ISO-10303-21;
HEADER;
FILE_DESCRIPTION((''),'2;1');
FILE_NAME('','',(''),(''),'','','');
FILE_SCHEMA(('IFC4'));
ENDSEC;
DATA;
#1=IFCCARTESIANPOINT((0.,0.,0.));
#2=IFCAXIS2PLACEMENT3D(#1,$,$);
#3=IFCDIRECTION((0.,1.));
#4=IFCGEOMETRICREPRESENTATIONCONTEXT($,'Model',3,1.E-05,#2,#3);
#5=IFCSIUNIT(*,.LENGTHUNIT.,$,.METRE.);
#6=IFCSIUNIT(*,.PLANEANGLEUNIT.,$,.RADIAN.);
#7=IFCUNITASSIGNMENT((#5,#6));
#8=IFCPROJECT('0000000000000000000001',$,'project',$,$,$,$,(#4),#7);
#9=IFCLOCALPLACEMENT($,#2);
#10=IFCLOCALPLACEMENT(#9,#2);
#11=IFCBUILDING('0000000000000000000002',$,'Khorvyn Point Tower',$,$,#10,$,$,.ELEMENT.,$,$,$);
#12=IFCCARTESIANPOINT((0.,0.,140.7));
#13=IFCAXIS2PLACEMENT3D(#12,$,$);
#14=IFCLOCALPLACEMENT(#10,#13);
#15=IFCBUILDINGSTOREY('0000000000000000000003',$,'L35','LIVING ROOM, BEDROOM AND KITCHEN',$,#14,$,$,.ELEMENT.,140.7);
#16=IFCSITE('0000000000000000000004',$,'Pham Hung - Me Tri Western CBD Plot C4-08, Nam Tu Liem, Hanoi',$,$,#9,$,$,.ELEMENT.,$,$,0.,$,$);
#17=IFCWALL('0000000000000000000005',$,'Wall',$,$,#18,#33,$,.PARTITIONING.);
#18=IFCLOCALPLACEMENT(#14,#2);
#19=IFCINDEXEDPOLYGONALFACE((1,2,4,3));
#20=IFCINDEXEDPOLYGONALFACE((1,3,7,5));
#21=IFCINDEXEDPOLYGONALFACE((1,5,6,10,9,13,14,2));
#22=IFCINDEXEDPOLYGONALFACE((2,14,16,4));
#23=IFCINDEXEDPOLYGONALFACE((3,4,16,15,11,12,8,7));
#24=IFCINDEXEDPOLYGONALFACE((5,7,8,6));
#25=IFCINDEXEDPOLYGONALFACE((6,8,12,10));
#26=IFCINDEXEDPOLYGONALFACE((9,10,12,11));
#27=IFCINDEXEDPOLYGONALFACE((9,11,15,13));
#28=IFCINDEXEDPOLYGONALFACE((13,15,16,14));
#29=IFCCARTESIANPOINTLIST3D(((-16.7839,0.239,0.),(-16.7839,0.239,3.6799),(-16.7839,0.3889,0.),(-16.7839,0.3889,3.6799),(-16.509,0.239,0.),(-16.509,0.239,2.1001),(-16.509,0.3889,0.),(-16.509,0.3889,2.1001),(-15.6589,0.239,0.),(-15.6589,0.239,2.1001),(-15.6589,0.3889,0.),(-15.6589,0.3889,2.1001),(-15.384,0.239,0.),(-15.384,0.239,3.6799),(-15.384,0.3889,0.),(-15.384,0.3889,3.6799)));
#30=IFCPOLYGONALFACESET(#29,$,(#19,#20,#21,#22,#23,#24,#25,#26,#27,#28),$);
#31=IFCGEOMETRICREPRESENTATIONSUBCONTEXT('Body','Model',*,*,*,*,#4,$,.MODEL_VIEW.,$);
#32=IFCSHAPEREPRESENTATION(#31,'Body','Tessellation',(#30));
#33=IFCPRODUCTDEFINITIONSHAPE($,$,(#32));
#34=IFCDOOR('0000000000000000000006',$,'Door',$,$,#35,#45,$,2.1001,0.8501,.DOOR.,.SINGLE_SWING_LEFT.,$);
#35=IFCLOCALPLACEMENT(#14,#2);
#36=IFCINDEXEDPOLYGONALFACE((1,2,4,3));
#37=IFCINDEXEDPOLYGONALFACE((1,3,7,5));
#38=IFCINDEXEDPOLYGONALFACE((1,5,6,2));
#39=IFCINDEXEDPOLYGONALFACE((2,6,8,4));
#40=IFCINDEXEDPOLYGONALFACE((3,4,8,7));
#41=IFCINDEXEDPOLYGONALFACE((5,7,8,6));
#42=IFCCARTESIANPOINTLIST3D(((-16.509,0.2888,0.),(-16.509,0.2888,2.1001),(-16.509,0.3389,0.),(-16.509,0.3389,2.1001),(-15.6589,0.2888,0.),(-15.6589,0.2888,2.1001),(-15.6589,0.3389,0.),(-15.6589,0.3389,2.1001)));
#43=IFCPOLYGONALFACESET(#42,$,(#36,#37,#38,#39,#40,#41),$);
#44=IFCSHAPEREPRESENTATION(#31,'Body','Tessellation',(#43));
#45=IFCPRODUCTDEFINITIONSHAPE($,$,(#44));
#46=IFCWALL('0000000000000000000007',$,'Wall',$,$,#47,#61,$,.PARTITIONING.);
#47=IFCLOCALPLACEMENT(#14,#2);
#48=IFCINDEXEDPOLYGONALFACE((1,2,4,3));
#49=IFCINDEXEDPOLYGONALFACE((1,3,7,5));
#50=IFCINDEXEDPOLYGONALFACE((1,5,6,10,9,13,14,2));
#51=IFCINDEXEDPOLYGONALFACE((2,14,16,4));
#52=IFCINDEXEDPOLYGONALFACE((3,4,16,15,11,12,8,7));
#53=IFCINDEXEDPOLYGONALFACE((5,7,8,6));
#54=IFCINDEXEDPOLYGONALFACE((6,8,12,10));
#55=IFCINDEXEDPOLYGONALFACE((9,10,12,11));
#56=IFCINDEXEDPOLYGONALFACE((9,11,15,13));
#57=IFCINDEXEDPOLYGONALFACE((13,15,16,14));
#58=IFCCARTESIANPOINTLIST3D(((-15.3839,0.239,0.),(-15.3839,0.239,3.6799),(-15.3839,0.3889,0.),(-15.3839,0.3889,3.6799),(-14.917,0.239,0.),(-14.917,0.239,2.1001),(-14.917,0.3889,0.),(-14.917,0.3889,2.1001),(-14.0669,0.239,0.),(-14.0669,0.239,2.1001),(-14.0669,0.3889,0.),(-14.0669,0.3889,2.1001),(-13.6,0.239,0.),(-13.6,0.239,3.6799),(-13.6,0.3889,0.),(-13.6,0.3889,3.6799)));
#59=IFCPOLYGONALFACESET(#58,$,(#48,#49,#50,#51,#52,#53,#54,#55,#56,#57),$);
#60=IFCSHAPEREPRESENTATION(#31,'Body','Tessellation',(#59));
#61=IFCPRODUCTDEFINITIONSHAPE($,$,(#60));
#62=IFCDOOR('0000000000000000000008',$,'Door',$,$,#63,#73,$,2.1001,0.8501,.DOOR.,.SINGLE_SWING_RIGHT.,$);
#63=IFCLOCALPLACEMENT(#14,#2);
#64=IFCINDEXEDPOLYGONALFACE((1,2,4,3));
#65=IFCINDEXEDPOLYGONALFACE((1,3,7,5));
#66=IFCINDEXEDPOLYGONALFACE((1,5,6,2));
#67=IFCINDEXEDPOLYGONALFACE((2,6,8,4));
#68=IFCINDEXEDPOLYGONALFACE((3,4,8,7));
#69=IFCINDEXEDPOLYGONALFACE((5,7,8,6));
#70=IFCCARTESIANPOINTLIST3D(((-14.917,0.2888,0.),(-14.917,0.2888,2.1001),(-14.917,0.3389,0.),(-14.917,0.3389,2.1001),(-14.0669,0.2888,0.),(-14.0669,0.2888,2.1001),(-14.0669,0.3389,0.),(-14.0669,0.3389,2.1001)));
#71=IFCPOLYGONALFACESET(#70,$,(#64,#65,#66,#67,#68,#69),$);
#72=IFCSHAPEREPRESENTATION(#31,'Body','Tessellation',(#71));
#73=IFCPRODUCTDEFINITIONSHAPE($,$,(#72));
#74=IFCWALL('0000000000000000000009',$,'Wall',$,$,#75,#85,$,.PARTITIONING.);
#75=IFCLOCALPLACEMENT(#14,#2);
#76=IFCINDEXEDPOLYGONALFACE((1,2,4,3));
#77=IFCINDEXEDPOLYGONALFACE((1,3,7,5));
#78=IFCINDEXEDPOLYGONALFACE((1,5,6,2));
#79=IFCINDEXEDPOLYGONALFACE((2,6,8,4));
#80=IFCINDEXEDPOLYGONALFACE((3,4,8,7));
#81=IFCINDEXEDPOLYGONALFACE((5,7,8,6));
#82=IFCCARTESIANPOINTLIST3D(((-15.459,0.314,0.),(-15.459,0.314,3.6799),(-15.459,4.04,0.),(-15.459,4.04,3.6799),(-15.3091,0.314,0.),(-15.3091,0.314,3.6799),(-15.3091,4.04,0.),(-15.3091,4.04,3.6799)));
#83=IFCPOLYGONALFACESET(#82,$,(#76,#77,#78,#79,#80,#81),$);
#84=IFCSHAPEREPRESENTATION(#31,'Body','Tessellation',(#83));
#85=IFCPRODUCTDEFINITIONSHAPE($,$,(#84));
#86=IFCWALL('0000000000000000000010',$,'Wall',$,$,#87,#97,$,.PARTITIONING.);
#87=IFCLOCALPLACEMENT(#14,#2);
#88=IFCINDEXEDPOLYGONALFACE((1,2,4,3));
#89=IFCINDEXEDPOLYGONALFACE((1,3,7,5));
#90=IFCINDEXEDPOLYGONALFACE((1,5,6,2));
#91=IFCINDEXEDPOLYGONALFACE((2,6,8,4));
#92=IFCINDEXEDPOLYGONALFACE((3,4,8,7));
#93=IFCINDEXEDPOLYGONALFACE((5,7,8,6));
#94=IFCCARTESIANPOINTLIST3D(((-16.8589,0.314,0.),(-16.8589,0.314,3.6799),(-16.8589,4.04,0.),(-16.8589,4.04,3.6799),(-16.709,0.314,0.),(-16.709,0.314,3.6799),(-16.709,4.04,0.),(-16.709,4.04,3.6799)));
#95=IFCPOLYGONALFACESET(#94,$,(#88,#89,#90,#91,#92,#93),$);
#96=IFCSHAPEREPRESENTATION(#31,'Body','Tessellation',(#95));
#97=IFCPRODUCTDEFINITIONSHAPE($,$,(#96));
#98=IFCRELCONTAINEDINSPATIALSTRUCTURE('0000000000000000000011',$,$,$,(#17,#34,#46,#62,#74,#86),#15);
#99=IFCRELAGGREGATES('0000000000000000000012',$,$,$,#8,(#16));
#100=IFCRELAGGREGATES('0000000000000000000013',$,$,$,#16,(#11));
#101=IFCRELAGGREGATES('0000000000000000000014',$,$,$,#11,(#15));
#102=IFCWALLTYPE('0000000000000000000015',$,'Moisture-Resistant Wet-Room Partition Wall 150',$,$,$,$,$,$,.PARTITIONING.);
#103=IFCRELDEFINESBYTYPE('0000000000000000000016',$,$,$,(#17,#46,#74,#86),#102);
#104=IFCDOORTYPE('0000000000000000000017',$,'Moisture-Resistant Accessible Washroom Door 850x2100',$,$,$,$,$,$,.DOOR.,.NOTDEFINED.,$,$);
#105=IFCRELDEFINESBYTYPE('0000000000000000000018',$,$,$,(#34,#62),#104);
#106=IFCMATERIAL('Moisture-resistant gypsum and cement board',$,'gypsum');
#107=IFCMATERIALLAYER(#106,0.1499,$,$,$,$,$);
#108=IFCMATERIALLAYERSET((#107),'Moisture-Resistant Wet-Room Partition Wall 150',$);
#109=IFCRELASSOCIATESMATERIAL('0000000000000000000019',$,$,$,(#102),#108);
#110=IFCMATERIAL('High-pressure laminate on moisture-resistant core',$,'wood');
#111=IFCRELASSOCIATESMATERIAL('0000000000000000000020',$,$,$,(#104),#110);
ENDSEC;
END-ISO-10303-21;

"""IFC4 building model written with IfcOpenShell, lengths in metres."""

from ifc_helpers import new_model, si_unit, direction, frame, frame_2d, origin, place, context, subcontext, project, spatial, rectangle, extrude, material, layer, layer_set, type_object, element, fill, save


model = new_model("IFC4")

# Units and contexts
model_context = context("Model", 3, precision=1e-05, world=origin(), true_north=direction((0.0, 1.0)))
body_context = subcontext(model_context, "Body", "Model", "MODEL_VIEW")
ifc_project = project(units=[si_unit("LENGTHUNIT", "METRE"), si_unit("PLANEANGLEUNIT", "RADIAN")], contexts=[model_context])

# Site, building, storey
site_placement = place(None, origin())
site = spatial("IfcSite", under=ifc_project, at=site_placement, Name="Pham Hung - Me Tri Western CBD Plot C4-08, Nam Tu Liem, Hanoi", CompositionType="ELEMENT", RefElevation=0.0)
building_placement = place(site_placement, origin())
building = spatial("IfcBuilding", under=site, at=building_placement, Name="Khorvyn Point Tower", CompositionType="ELEMENT")
storey_placement = place(building_placement, frame((0.0, 0.0, 140.7)))
storey = spatial("IfcBuildingStorey", under=building, at=storey_placement, Name="L35", Description="LIVING ROOM, BEDROOM AND KITCHEN", CompositionType="ELEMENT", Elevation=140.7)

# Walls, openings, doors
ifc_material_1 = material(Name="Moisture-resistant gypsum and cement board", Category="gypsum")
ifc_layer_1 = layer(ifc_material_1, 0.1499)
ifc_layer_set_1 = layer_set([ifc_layer_1], Name="Moisture-Resistant Wet-Room Partition Wall 150")
wall_type_1 = type_object("IfcWallType", Name="Moisture-Resistant Wet-Room Partition Wall 150", PredefinedType="PARTITIONING", material=ifc_layer_set_1)
wall_1_placement = place(storey_placement, frame((-16.7839, 0.314, 0.0), z_axis=(0.0, 0.0, 1.0), x_axis=(1.0, 0.0, 0.0)))
wall_1 = element("IfcWall", 1, at=wall_1_placement, inside=storey, type_object=wall_type_1, Name="Wall", PredefinedType="PARTITIONING", context=body_context, shape_type="SweptSolid", body=[
    extrude(rectangle(XDim=1.3999, YDim=0.1499, at=frame_2d((0.7, 0.0))), origin(), (0.0, 0.0, 1.0), 3.6799),
])
opening_1_placement = place(wall_1_placement, frame((0.2749, 0.0, 0.0)))
opening_1 = element("IfcOpeningElement", 2, at=opening_1_placement, cuts=wall_1, PredefinedType="OPENING", context=body_context, shape_type="SweptSolid", body=[
    extrude(rectangle(XDim=0.8501, YDim=2.1001, at=frame_2d((0.425, 1.05))), frame((0.0, 0.085, 0.0), z_axis=(0.0, -1.0, 0.0), x_axis=(1.0, 0.0, 0.0)), (0.0, 0.0, 1.0), 0.1699),
])
ifc_material_2 = material(Name="High-pressure laminate on moisture-resistant core", Category="wood")
door_type_1 = type_object("IfcDoorType", Name="Moisture-Resistant Accessible Washroom Door 850x2100", OperationType="NOTDEFINED", PredefinedType="DOOR", material=ifc_material_2)
door_1_placement = place(opening_1_placement, origin())
door_1 = element("IfcDoor", 3, at=door_1_placement, inside=storey, type_object=door_type_1, Name="Door", OperationType="SINGLE_SWING_LEFT", OverallHeight=2.1001, OverallWidth=0.8501, PredefinedType="DOOR", context=body_context, shape_type="SweptSolid", body=[
    extrude(rectangle(XDim=0.8501, YDim=2.1001, at=frame_2d((0.425, 1.05))), frame((0.0, 0.0249, 0.0), z_axis=(0.0, -1.0, 0.0), x_axis=(1.0, 0.0, 0.0)), (0.0, 0.0, 1.0), 0.05),
])
fill(opening_1, door_1)
wall_2_placement = place(storey_placement, frame((-15.384, 0.314, 0.0), z_axis=(0.0, 0.0, 1.0), x_axis=(1.0, 0.0, 0.0)))
wall_2 = element("IfcWall", 4, at=wall_2_placement, inside=storey, type_object=wall_type_1, Name="Wall", PredefinedType="PARTITIONING", context=body_context, shape_type="SweptSolid", body=[
    extrude(rectangle(XDim=1.7839, YDim=0.1499, at=frame_2d((0.8921, 0.0))), origin(), (0.0, 0.0, 1.0), 3.6799),
])
opening_2_placement = place(wall_2_placement, frame((0.467, 0.0, 0.0)))
opening_2 = element("IfcOpeningElement", 5, at=opening_2_placement, cuts=wall_2, PredefinedType="OPENING", context=body_context, shape_type="SweptSolid", body=[
    extrude(rectangle(XDim=0.8501, YDim=2.1001, at=frame_2d((0.425, 1.05))), frame((0.0, 0.085, 0.0), z_axis=(0.0, -1.0, 0.0), x_axis=(1.0, 0.0, 0.0)), (0.0, 0.0, 1.0), 0.1699),
])
door_2_placement = place(opening_2_placement, origin())
door_2 = element("IfcDoor", 6, at=door_2_placement, inside=storey, type_object=door_type_1, Name="Door", OperationType="SINGLE_SWING_RIGHT", OverallHeight=2.1001, OverallWidth=0.8501, PredefinedType="DOOR", context=body_context, shape_type="SweptSolid", body=[
    extrude(rectangle(XDim=0.8501, YDim=2.1001, at=frame_2d((0.425, 1.05))), frame((0.0, 0.0249, 0.0), z_axis=(0.0, -1.0, 0.0), x_axis=(1.0, 0.0, 0.0)), (0.0, 0.0, 1.0), 0.05),
])
fill(opening_2, door_2)

# Walls
for number, where, z_axis, x_axis, name in (
    (7, (-15.384, 0.314, 0.0), (0.0, 0.0, 1.0), (0.0, 1.0, 0.0), "Wall"),
    (8, (-16.7839, 0.314, 0.0), (0.0, 0.0, 1.0), (0.0, 1.0, 0.0), "Wall"),
):
    element("IfcWall", number, at=place(storey_placement, frame(where, z_axis=z_axis, x_axis=x_axis)), inside=storey, type_object=wall_type_1, Name=name, PredefinedType="PARTITIONING", context=body_context, shape_type="SweptSolid", body=[
        extrude(rectangle(XDim=3.7261, YDim=0.1499, at=frame_2d((1.863, 0.0))), origin(), (0.0, 0.0, 1.0), 3.6799),
    ])

save(model, "model.ifc")
